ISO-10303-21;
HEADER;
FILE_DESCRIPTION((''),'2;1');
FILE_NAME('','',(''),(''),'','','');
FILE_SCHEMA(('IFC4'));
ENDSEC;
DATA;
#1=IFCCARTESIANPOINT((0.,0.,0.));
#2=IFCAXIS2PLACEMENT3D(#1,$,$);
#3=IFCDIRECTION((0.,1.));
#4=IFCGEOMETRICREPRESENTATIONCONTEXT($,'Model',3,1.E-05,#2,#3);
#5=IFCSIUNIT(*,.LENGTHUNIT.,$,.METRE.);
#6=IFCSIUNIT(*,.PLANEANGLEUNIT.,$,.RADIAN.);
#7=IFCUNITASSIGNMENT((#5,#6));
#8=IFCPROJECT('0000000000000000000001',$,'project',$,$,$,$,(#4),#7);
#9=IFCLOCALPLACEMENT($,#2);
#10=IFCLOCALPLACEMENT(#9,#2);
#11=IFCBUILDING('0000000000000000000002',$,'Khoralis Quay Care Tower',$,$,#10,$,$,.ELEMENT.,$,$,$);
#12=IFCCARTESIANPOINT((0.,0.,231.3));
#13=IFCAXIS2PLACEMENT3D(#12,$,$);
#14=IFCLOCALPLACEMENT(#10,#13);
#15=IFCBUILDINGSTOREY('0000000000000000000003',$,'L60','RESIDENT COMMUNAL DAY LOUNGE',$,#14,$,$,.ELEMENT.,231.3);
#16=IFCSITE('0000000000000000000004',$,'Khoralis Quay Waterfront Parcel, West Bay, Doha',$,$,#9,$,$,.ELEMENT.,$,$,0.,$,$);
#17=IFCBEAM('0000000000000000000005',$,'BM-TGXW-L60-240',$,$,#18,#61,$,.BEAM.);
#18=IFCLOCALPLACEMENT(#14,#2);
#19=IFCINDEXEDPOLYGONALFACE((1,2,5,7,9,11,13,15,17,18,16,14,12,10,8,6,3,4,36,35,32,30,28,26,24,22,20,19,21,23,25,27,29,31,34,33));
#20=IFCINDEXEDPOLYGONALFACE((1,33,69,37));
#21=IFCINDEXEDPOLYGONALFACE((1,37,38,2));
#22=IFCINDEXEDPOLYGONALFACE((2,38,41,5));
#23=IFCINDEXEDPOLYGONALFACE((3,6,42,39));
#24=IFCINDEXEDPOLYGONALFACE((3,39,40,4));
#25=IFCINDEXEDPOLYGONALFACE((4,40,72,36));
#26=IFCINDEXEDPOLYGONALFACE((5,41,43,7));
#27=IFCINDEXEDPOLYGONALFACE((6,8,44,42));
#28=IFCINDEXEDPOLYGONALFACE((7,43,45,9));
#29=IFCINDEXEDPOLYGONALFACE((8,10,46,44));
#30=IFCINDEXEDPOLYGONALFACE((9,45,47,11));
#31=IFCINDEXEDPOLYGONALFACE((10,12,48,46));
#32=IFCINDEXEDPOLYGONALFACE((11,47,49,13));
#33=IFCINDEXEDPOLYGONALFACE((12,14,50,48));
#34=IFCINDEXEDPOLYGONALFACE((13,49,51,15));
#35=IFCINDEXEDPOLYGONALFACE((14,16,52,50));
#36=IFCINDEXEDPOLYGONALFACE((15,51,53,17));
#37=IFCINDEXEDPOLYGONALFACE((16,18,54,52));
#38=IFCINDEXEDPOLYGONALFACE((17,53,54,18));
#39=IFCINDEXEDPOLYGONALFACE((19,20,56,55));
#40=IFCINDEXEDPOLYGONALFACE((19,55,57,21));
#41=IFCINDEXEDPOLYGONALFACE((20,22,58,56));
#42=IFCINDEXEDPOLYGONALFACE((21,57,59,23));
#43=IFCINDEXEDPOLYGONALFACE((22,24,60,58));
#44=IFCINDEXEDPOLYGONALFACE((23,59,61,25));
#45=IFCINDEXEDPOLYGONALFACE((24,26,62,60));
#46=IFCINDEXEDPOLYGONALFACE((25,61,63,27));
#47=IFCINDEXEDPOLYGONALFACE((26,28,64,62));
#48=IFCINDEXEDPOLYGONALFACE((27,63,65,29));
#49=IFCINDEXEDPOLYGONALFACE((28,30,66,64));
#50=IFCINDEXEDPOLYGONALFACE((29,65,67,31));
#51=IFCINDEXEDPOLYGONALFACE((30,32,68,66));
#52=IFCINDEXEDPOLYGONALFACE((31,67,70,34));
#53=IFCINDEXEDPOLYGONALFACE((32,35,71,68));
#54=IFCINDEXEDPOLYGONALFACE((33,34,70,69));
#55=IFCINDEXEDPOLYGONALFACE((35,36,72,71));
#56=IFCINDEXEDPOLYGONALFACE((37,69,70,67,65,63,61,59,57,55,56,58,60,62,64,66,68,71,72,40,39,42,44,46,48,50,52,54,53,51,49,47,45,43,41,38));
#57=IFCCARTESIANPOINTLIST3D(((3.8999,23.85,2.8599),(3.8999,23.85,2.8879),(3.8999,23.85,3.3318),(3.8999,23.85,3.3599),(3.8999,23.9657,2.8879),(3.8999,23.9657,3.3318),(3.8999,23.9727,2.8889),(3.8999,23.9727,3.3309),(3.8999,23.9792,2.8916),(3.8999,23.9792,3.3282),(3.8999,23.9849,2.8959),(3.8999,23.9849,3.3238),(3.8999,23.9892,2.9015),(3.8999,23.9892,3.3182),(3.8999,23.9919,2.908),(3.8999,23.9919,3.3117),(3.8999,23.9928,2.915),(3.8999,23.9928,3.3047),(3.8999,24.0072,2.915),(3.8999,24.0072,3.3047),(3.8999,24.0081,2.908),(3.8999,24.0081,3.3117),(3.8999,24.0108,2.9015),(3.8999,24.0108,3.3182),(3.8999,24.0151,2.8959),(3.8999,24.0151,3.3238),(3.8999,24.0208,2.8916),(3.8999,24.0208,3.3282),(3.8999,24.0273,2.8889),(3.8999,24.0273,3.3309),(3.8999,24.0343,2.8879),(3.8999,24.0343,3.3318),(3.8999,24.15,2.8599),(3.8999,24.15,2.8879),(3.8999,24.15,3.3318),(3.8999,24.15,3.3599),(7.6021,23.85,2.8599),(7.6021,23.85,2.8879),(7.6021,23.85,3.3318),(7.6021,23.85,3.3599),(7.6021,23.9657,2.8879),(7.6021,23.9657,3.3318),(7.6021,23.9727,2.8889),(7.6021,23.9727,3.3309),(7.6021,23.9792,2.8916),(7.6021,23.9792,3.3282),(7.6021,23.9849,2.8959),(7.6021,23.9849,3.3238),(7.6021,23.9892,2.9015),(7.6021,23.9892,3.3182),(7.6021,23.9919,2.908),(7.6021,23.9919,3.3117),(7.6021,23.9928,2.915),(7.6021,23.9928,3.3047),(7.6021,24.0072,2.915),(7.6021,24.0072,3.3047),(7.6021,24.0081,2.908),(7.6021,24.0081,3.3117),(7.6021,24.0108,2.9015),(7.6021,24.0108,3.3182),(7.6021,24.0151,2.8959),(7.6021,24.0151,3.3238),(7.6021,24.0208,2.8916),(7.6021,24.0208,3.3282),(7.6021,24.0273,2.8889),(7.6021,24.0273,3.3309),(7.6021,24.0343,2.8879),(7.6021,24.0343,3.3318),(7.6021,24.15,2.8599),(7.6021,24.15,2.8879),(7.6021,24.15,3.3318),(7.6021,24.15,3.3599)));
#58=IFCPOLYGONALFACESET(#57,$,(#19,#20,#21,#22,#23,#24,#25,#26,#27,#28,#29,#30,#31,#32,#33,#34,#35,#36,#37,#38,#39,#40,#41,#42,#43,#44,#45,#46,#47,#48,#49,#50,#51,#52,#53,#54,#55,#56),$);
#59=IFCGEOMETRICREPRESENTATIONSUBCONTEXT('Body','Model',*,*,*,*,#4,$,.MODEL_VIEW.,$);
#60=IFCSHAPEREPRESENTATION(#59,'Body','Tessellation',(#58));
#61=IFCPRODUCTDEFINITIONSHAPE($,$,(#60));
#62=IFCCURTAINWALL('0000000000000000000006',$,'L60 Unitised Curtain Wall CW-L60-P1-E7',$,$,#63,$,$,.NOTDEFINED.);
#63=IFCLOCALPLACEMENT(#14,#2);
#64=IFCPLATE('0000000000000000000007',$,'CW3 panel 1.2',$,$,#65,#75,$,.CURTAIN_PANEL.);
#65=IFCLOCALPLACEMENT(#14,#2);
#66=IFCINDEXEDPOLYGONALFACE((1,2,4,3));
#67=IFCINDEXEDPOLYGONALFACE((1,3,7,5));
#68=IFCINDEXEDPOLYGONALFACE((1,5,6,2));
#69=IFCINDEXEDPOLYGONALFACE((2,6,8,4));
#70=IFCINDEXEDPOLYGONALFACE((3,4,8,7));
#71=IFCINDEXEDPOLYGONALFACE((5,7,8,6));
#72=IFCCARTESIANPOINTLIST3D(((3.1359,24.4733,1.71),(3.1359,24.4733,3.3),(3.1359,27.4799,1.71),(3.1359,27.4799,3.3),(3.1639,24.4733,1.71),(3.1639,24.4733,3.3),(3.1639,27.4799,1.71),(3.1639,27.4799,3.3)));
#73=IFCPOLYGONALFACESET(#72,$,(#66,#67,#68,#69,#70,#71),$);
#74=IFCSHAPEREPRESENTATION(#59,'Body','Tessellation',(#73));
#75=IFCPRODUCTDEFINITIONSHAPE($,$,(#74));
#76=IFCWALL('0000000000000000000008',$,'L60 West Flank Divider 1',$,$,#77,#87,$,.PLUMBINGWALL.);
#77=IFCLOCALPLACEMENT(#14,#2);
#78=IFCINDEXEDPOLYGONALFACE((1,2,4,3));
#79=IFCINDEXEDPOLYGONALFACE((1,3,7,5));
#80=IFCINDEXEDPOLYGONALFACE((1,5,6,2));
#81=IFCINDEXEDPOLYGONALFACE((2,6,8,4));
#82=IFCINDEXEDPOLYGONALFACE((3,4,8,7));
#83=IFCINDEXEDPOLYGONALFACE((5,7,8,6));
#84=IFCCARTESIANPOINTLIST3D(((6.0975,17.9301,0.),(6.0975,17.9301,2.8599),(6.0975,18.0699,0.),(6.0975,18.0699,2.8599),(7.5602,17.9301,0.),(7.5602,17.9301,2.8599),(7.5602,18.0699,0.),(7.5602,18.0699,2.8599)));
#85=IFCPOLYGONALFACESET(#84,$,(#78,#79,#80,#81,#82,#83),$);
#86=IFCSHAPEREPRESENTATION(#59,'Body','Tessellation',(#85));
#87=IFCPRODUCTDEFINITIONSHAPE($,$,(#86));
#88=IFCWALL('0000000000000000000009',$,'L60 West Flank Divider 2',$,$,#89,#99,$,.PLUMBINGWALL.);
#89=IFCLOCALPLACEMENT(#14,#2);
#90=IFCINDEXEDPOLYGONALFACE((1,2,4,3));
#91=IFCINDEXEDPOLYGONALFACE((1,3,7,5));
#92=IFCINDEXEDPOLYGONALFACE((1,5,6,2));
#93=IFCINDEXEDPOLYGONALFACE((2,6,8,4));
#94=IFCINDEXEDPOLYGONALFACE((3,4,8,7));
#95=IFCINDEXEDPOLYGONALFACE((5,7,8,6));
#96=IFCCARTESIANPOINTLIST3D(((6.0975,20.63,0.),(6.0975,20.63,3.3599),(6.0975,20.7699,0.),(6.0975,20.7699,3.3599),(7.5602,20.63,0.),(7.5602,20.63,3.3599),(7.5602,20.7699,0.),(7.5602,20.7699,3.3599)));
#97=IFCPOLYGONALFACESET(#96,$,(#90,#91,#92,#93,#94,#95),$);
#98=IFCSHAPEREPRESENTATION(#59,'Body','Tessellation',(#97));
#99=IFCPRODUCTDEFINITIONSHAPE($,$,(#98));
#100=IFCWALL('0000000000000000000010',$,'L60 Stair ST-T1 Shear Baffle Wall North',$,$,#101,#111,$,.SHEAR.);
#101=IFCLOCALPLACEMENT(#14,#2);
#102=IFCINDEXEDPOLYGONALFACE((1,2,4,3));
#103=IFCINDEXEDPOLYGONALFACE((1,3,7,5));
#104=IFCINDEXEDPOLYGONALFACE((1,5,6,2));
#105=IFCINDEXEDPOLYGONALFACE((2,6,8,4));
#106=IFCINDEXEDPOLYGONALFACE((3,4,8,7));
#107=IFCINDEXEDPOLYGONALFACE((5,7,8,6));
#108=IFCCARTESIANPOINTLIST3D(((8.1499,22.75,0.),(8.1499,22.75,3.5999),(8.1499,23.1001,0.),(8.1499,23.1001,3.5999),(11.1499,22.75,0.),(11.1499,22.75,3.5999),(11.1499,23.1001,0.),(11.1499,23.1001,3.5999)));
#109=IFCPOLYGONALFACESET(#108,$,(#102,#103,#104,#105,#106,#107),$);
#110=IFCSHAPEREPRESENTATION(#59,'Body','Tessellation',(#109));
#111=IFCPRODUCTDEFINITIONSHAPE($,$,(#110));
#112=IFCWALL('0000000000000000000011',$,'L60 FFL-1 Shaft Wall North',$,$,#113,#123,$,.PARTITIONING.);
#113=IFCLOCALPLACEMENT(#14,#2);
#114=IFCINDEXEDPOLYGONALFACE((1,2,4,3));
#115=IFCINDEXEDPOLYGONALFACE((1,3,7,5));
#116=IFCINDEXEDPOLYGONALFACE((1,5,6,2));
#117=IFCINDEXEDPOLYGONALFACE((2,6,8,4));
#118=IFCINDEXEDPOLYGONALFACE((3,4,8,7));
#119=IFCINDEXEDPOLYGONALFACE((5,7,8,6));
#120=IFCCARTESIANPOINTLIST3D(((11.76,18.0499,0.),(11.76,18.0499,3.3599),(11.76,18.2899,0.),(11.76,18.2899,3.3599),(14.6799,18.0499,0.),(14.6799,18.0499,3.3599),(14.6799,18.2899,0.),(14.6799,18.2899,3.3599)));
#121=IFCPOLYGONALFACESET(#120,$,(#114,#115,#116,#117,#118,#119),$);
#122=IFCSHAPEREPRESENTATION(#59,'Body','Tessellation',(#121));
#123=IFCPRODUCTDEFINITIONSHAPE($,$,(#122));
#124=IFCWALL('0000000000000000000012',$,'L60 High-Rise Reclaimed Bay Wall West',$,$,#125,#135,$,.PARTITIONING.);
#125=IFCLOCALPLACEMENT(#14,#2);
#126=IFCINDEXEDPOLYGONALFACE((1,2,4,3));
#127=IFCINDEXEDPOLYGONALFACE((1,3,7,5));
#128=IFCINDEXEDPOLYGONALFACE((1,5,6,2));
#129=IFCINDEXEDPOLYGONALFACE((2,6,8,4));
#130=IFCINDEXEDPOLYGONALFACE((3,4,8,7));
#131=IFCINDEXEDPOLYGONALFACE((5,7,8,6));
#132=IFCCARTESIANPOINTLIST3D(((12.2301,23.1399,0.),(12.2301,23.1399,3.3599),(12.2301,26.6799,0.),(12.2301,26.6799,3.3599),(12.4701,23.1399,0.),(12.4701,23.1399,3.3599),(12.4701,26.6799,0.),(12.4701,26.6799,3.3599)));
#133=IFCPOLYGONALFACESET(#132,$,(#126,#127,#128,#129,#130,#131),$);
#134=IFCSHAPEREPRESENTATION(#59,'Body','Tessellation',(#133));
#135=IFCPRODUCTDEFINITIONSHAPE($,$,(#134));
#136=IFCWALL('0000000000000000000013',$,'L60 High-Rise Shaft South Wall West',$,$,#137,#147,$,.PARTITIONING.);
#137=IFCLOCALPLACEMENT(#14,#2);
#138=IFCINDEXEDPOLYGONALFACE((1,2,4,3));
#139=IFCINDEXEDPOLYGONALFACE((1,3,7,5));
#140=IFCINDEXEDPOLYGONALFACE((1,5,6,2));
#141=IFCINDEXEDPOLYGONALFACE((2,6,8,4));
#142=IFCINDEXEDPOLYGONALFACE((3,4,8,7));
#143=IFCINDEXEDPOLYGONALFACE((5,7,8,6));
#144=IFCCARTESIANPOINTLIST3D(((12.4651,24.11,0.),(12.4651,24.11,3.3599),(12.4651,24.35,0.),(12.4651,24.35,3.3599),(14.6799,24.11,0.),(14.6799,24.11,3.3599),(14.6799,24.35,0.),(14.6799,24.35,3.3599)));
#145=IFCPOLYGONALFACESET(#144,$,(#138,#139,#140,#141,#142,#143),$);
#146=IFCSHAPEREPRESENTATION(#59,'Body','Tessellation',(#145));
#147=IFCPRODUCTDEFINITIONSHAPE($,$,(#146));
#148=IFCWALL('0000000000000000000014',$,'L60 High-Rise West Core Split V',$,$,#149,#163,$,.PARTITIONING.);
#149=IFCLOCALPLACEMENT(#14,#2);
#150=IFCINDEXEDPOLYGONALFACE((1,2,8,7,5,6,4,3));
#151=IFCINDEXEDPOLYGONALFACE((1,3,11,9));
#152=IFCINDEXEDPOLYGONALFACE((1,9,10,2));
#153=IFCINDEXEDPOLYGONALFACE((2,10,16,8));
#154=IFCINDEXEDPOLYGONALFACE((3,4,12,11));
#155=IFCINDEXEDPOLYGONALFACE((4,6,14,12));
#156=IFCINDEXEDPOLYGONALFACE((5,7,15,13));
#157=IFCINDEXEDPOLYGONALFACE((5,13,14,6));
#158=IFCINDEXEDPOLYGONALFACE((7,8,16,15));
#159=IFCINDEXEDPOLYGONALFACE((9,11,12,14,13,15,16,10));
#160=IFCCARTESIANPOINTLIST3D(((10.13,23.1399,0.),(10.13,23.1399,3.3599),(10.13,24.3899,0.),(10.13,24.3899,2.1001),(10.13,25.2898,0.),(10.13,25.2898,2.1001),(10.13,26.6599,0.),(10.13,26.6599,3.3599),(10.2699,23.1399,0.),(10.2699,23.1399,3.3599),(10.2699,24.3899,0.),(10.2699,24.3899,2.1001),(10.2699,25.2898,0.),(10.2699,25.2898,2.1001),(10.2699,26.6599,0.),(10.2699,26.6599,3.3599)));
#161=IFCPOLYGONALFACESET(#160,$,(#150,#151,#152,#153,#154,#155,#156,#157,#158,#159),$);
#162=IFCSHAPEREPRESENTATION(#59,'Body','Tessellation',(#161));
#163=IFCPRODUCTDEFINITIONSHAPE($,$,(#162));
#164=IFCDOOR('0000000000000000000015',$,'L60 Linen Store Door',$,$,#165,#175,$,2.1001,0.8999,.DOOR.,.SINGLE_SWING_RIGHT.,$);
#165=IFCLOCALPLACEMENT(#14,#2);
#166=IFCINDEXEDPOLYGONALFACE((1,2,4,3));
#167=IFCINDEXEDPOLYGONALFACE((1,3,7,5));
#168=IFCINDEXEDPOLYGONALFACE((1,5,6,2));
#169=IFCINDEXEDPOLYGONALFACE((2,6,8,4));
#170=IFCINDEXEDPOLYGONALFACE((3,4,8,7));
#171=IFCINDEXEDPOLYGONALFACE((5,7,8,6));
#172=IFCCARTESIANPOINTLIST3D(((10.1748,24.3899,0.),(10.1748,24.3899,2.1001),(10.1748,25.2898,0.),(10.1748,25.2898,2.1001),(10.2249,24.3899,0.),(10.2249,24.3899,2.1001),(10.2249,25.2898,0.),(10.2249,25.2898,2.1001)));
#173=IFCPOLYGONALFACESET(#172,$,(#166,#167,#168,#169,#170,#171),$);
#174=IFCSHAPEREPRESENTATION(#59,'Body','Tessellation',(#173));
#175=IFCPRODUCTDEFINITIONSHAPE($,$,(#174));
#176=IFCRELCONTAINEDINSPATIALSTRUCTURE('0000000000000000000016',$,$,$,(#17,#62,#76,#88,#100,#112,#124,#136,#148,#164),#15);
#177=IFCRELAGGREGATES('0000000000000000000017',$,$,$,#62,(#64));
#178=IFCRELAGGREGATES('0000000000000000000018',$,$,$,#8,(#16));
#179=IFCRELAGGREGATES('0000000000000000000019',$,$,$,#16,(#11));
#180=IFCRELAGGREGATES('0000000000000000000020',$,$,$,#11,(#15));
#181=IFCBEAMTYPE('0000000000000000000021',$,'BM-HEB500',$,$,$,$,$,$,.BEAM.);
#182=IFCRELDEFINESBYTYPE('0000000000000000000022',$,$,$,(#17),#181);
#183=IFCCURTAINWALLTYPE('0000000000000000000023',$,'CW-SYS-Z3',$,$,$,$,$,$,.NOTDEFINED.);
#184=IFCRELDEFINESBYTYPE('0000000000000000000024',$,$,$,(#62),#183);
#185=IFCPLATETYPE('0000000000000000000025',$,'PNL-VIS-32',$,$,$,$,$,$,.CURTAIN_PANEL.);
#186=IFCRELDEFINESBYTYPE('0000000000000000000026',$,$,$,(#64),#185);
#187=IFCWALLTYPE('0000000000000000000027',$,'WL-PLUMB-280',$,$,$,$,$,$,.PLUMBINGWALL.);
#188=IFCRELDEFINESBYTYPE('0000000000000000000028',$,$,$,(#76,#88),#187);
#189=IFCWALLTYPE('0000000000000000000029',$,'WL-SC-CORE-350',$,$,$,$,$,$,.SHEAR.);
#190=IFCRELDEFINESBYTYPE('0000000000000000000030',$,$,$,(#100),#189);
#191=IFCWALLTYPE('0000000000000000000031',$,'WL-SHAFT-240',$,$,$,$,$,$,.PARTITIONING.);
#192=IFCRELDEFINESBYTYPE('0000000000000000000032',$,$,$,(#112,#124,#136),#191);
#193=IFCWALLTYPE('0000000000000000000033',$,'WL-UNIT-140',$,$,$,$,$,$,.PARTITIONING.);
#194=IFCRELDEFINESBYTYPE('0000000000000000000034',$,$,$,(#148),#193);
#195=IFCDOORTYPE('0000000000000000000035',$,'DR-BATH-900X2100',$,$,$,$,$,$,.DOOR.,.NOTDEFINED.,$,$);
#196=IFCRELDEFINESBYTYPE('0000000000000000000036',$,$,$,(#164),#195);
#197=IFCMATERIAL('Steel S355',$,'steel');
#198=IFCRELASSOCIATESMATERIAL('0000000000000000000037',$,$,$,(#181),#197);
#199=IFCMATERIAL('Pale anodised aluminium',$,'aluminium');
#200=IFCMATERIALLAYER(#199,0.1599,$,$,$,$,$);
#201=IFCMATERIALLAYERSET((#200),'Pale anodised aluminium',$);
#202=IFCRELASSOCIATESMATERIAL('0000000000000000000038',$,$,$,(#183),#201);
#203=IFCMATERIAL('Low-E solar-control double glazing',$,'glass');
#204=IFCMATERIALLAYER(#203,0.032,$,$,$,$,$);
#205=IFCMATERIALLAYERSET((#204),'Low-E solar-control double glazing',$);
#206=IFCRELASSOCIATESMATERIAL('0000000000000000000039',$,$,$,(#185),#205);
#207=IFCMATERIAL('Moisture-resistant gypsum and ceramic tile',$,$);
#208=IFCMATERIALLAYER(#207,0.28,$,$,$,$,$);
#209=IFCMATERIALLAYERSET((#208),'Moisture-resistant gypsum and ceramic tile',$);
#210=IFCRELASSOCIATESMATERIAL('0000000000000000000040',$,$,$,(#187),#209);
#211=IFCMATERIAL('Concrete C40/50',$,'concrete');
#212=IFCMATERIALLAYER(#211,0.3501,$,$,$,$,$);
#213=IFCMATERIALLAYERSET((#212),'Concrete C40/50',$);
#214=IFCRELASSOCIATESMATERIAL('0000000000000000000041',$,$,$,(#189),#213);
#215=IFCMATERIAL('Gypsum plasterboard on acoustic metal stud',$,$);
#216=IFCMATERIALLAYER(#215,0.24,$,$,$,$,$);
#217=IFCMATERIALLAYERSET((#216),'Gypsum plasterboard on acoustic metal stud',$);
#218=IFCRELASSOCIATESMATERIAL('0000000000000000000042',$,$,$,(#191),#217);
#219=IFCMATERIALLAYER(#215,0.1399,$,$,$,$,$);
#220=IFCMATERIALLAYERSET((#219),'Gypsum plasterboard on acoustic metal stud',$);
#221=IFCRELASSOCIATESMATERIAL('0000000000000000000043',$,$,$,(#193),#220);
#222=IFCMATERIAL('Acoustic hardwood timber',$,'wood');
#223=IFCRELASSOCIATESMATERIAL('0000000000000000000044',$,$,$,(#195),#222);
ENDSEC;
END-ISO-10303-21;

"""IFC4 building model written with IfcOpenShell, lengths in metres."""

from ifc_helpers import new_model, si_unit, direction, frame, frame_2d, origin, origin_2d, place, context, subcontext, project, spatial, rectangle, i_section, extrude, source, transform, mapped, material, layer, layer_set, material_profile, profile_set, type_object, element, fill, aggregate, save


model = new_model("IFC4")

# Units and contexts
model_context = context("Model", 3, precision=1e-05, world=origin(), true_north=direction((0.0, 1.0)))
body_context = subcontext(model_context, "Body", "Model", "MODEL_VIEW")
ifc_project = project(units=[si_unit("LENGTHUNIT", "METRE"), si_unit("PLANEANGLEUNIT", "RADIAN")], contexts=[model_context])

# Site, building, storey
site_placement = place(None, origin())
site = spatial("IfcSite", under=ifc_project, at=site_placement, Name="Khoralis Quay Waterfront Parcel, West Bay, Doha", CompositionType="ELEMENT", RefElevation=0.0)
building_placement = place(site_placement, origin())
building = spatial("IfcBuilding", under=site, at=building_placement, Name="Khoralis Quay Care Tower", CompositionType="ELEMENT")
storey_placement = place(building_placement, frame((0.0, 0.0, 231.3)))
storey = spatial("IfcBuildingStorey", under=building, at=storey_placement, Name="L60", Description="RESIDENT COMMUNAL DAY LOUNGE", CompositionType="ELEMENT", Elevation=231.3)

# Beam
ifc_material_1 = material(Name="Steel S355", Category="steel")
ifc_material_profile_1 = material_profile(ifc_material_1, i_section(OverallWidth=0.3, OverallDepth=0.5, WebThickness=0.0144, FlangeThickness=0.0281, FilletRadius=0.0271, at=origin_2d()), Name="Steel S355")
ifc_profile_set_1 = profile_set([ifc_material_profile_1], Name="Steel S355")
beam_type_1 = type_object("IfcBeamType", Name="BM-HEB500", PredefinedType="BEAM", material=ifc_profile_set_1)
shared_shape_1 = source(origin(), body_context, "Body", "SweptSolid", [
    extrude(i_section(OverallWidth=0.3, OverallDepth=0.5, WebThickness=0.0144, FlangeThickness=0.0281, FilletRadius=0.0271, at=origin_2d()), origin(), (0.0, 0.0, 1.0), 3.7021),
])
for number, where, z_axis, x_axis, name in (
    (1, (3.8999, 24.0, 3.1099), (1.0, 0.0, 0.0), (0.0, 1.0, 0.0), "BM-TGXW-L60-240"),
):
    element("IfcBeam", number, at=place(storey_placement, frame(where, z_axis=z_axis, x_axis=x_axis)), inside=storey, type_object=beam_type_1, Name=name, PredefinedType="BEAM", context=body_context, shape_type="MappedRepresentation", body=[
        mapped(shared_shape_1, transform((0.0, 0.0, 0.0), scale=1.0)),
    ])

# Curtain wall, plate
ifc_material_2 = material(Name="Pale anodised aluminium", Category="aluminium")
ifc_layer_1 = layer(ifc_material_2, 0.1599)
ifc_layer_set_1 = layer_set([ifc_layer_1], Name="Pale anodised aluminium")
curtain_wall_type = type_object("IfcCurtainWallType", Name="CW-SYS-Z3", PredefinedType="NOTDEFINED", material=ifc_layer_set_1)
curtain_wall_placement = place(storey_placement, origin())
curtain_wall = element("IfcCurtainWall", 2, at=curtain_wall_placement, inside=storey, type_object=curtain_wall_type, Name="L60 Unitised Curtain Wall CW-L60-P1-E7", PredefinedType="NOTDEFINED")
ifc_material_3 = material(Name="Low-E solar-control double glazing", Category="glass")
ifc_layer_2 = layer(ifc_material_3, 0.032)
ifc_layer_set_2 = layer_set([ifc_layer_2], Name="Low-E solar-control double glazing")
plate_type = type_object("IfcPlateType", Name="PNL-VIS-32", PredefinedType="CURTAIN_PANEL", material=ifc_layer_set_2)
shared_shape_2 = source(origin(), body_context, "Body", "SweptSolid", [
    extrude(rectangle(XDim=3.0066, YDim=0.0281, at=origin_2d()), origin(), (0.0, 0.0, 1.0), 1.5901),
])
plate_placement = place(storey_placement, frame((3.1499, 25.9766, 1.71), z_axis=(0.0, 0.0, 1.0), x_axis=(0.0, -1.0, 0.0)))
plate = element("IfcPlate", 3, at=plate_placement, type_object=plate_type, Name="CW3 panel 1.2", PredefinedType="CURTAIN_PANEL", context=body_context, shape_type="MappedRepresentation", body=[
    mapped(shared_shape_2, transform((0.0, 0.0, 0.0), scale=1.0)),
])
aggregate(curtain_wall, [plate])

# Walls
ifc_material_4 = material(Name="Moisture-resistant gypsum and ceramic tile")
ifc_layer_3 = layer(ifc_material_4, 0.28)
ifc_layer_set_3 = layer_set([ifc_layer_3], Name="Moisture-resistant gypsum and ceramic tile")
wall_type_1 = type_object("IfcWallType", Name="WL-PLUMB-280", PredefinedType="PLUMBINGWALL", material=ifc_layer_set_3)
wall_1_placement = place(storey_placement, frame((6.0974, 18.0, 0.0), z_axis=(0.0, 0.0, 1.0), x_axis=(1.0, 0.0, 0.0)))
element("IfcWall", 4, at=wall_1_placement, inside=storey, type_object=wall_type_1, Name="L60 West Flank Divider 1", PredefinedType="PLUMBINGWALL", context=body_context, shape_type="SweptSolid", body=[
    extrude(rectangle(XDim=1.4626, YDim=0.1399, at=frame_2d((0.7314, 0.0))), origin(), (0.0, 0.0, 1.0), 2.8599),
])
wall_2_placement = place(storey_placement, frame((6.0974, 20.7, 0.0), z_axis=(0.0, 0.0, 1.0), x_axis=(1.0, 0.0, 0.0)))
element("IfcWall", 5, at=wall_2_placement, inside=storey, type_object=wall_type_1, Name="L60 West Flank Divider 2", PredefinedType="PLUMBINGWALL", context=body_context, shape_type="SweptSolid", body=[
    extrude(rectangle(XDim=1.4626, YDim=0.1399, at=frame_2d((0.7314, 0.0))), origin(), (0.0, 0.0, 1.0), 3.3599),
])
ifc_material_5 = material(Name="Concrete C40/50", Category="concrete")
ifc_layer_4 = layer(ifc_material_5, 0.3501)
ifc_layer_set_4 = layer_set([ifc_layer_4], Name="Concrete C40/50")
wall_type_2 = type_object("IfcWallType", Name="WL-SC-CORE-350", PredefinedType="SHEAR", material=ifc_layer_set_4)
wall_3_placement = place(storey_placement, frame((8.1499, 22.925, 0.0), z_axis=(0.0, 0.0, 1.0), x_axis=(1.0, 0.0, 0.0)))
element("IfcWall", 6, at=wall_3_placement, inside=storey, type_object=wall_type_2, Name="L60 Stair ST-T1 Shear Baffle Wall North", PredefinedType="SHEAR", context=body_context, shape_type="SweptSolid", body=[
    extrude(rectangle(XDim=3.0, YDim=0.3501, at=frame_2d((1.5, 0.0))), origin(), (0.0, 0.0, 1.0), 3.5999),
])
ifc_material_6 = material(Name="Gypsum plasterboard on acoustic metal stud")
ifc_layer_5 = layer(ifc_material_6, 0.24)
ifc_layer_set_5 = layer_set([ifc_layer_5], Name="Gypsum plasterboard on acoustic metal stud")
wall_type_3 = type_object("IfcWallType", Name="WL-SHAFT-240", PredefinedType="PARTITIONING", material=ifc_layer_set_5)
wall_4_placement = place(storey_placement, frame((11.76, 18.1699, 0.0), z_axis=(0.0, 0.0, 1.0), x_axis=(1.0, 0.0, 0.0)))
element("IfcWall", 7, at=wall_4_placement, inside=storey, type_object=wall_type_3, Name="L60 FFL-1 Shaft Wall North", PredefinedType="PARTITIONING", context=body_context, shape_type="SweptSolid", body=[
    extrude(rectangle(XDim=2.9199, YDim=0.24, at=frame_2d((1.46, 0.0))), origin(), (0.0, 0.0, 1.0), 3.3599),
])
wall_5_placement = place(storey_placement, frame((12.3501, 23.1399, 0.0), z_axis=(0.0, 0.0, 1.0), x_axis=(0.0, 1.0, 0.0)))
element("IfcWall", 8, at=wall_5_placement, inside=storey, type_object=wall_type_3, Name="L60 High-Rise Reclaimed Bay Wall West", PredefinedType="PARTITIONING", context=body_context, shape_type="SweptSolid", body=[
    extrude(rectangle(XDim=3.54, YDim=0.24, at=frame_2d((1.77, 0.0))), origin(), (0.0, 0.0, 1.0), 3.3599),
])
wall_6_placement = place(storey_placement, frame((12.4651, 24.23, 0.0), z_axis=(0.0, 0.0, 1.0), x_axis=(1.0, 0.0, 0.0)))
element("IfcWall", 9, at=wall_6_placement, inside=storey, type_object=wall_type_3, Name="L60 High-Rise Shaft South Wall West", PredefinedType="PARTITIONING", context=body_context, shape_type="SweptSolid", body=[
    extrude(rectangle(XDim=2.2148, YDim=0.24, at=frame_2d((1.1074, 0.0))), origin(), (0.0, 0.0, 1.0), 3.3599),
])

# Wall, opening, door
ifc_layer_6 = layer(ifc_material_6, 0.1399)
ifc_layer_set_6 = layer_set([ifc_layer_6], Name="Gypsum plasterboard on acoustic metal stud")
wall_type_4 = type_object("IfcWallType", Name="WL-UNIT-140", PredefinedType="PARTITIONING", material=ifc_layer_set_6)
wall_7_placement = place(storey_placement, frame((10.2, 23.1399, 0.0), z_axis=(0.0, 0.0, 1.0), x_axis=(0.0, 1.0, 0.0)))
wall_7 = element("IfcWall", 10, at=wall_7_placement, inside=storey, type_object=wall_type_4, Name="L60 High-Rise West Core Split V", PredefinedType="PARTITIONING", context=body_context, shape_type="SweptSolid", body=[
    extrude(rectangle(XDim=3.52, YDim=0.1399, at=frame_2d((1.76, 0.0))), origin(), (0.0, 0.0, 1.0), 3.3599),
])
opening_placement = place(wall_7_placement, frame((1.25, 0.0, 0.0)))
opening = element("IfcOpeningElement", 11, at=opening_placement, cuts=wall_7, PredefinedType="OPENING", context=body_context, shape_type="SweptSolid", body=[
    extrude(rectangle(XDim=0.8999, YDim=2.1001, at=frame_2d((0.45, 1.05))), frame((0.0, 0.0801, 0.0), z_axis=(0.0, -1.0, 0.0), x_axis=(1.0, 0.0, 0.0)), (0.0, 0.0, 1.0), 0.1599),
])
ifc_material_7 = material(Name="Acoustic hardwood timber", Category="wood")
door_type = type_object("IfcDoorType", Name="DR-BATH-900X2100", OperationType="NOTDEFINED", PredefinedType="DOOR", material=ifc_material_7)
shared_shape_3 = source(origin(), body_context, "Body", "SweptSolid", [
    extrude(rectangle(XDim=0.8999, YDim=2.1001, at=frame_2d((0.45, 1.05))), frame((0.0, 0.0249, 0.0), z_axis=(0.0, -1.0, 0.0), x_axis=(1.0, 0.0, 0.0)), (0.0, 0.0, 1.0), 0.05),
])
door_placement = place(opening_placement, frame((0.8999, 0.0, 0.0), z_axis=(0.0, 0.0, 1.0), x_axis=(-1.0, 0.0, 0.0)))
door = element("IfcDoor", 12, at=door_placement, inside=storey, type_object=door_type, Name="L60 Linen Store Door", OperationType="SINGLE_SWING_RIGHT", OverallHeight=2.1001, OverallWidth=0.8999, PredefinedType="DOOR", context=body_context, shape_type="MappedRepresentation", body=[
    mapped(shared_shape_3, transform((0.0, 0.0, 0.0), scale=1.0)),
])
fill(opening, door)

save(model, "model.ifc")
